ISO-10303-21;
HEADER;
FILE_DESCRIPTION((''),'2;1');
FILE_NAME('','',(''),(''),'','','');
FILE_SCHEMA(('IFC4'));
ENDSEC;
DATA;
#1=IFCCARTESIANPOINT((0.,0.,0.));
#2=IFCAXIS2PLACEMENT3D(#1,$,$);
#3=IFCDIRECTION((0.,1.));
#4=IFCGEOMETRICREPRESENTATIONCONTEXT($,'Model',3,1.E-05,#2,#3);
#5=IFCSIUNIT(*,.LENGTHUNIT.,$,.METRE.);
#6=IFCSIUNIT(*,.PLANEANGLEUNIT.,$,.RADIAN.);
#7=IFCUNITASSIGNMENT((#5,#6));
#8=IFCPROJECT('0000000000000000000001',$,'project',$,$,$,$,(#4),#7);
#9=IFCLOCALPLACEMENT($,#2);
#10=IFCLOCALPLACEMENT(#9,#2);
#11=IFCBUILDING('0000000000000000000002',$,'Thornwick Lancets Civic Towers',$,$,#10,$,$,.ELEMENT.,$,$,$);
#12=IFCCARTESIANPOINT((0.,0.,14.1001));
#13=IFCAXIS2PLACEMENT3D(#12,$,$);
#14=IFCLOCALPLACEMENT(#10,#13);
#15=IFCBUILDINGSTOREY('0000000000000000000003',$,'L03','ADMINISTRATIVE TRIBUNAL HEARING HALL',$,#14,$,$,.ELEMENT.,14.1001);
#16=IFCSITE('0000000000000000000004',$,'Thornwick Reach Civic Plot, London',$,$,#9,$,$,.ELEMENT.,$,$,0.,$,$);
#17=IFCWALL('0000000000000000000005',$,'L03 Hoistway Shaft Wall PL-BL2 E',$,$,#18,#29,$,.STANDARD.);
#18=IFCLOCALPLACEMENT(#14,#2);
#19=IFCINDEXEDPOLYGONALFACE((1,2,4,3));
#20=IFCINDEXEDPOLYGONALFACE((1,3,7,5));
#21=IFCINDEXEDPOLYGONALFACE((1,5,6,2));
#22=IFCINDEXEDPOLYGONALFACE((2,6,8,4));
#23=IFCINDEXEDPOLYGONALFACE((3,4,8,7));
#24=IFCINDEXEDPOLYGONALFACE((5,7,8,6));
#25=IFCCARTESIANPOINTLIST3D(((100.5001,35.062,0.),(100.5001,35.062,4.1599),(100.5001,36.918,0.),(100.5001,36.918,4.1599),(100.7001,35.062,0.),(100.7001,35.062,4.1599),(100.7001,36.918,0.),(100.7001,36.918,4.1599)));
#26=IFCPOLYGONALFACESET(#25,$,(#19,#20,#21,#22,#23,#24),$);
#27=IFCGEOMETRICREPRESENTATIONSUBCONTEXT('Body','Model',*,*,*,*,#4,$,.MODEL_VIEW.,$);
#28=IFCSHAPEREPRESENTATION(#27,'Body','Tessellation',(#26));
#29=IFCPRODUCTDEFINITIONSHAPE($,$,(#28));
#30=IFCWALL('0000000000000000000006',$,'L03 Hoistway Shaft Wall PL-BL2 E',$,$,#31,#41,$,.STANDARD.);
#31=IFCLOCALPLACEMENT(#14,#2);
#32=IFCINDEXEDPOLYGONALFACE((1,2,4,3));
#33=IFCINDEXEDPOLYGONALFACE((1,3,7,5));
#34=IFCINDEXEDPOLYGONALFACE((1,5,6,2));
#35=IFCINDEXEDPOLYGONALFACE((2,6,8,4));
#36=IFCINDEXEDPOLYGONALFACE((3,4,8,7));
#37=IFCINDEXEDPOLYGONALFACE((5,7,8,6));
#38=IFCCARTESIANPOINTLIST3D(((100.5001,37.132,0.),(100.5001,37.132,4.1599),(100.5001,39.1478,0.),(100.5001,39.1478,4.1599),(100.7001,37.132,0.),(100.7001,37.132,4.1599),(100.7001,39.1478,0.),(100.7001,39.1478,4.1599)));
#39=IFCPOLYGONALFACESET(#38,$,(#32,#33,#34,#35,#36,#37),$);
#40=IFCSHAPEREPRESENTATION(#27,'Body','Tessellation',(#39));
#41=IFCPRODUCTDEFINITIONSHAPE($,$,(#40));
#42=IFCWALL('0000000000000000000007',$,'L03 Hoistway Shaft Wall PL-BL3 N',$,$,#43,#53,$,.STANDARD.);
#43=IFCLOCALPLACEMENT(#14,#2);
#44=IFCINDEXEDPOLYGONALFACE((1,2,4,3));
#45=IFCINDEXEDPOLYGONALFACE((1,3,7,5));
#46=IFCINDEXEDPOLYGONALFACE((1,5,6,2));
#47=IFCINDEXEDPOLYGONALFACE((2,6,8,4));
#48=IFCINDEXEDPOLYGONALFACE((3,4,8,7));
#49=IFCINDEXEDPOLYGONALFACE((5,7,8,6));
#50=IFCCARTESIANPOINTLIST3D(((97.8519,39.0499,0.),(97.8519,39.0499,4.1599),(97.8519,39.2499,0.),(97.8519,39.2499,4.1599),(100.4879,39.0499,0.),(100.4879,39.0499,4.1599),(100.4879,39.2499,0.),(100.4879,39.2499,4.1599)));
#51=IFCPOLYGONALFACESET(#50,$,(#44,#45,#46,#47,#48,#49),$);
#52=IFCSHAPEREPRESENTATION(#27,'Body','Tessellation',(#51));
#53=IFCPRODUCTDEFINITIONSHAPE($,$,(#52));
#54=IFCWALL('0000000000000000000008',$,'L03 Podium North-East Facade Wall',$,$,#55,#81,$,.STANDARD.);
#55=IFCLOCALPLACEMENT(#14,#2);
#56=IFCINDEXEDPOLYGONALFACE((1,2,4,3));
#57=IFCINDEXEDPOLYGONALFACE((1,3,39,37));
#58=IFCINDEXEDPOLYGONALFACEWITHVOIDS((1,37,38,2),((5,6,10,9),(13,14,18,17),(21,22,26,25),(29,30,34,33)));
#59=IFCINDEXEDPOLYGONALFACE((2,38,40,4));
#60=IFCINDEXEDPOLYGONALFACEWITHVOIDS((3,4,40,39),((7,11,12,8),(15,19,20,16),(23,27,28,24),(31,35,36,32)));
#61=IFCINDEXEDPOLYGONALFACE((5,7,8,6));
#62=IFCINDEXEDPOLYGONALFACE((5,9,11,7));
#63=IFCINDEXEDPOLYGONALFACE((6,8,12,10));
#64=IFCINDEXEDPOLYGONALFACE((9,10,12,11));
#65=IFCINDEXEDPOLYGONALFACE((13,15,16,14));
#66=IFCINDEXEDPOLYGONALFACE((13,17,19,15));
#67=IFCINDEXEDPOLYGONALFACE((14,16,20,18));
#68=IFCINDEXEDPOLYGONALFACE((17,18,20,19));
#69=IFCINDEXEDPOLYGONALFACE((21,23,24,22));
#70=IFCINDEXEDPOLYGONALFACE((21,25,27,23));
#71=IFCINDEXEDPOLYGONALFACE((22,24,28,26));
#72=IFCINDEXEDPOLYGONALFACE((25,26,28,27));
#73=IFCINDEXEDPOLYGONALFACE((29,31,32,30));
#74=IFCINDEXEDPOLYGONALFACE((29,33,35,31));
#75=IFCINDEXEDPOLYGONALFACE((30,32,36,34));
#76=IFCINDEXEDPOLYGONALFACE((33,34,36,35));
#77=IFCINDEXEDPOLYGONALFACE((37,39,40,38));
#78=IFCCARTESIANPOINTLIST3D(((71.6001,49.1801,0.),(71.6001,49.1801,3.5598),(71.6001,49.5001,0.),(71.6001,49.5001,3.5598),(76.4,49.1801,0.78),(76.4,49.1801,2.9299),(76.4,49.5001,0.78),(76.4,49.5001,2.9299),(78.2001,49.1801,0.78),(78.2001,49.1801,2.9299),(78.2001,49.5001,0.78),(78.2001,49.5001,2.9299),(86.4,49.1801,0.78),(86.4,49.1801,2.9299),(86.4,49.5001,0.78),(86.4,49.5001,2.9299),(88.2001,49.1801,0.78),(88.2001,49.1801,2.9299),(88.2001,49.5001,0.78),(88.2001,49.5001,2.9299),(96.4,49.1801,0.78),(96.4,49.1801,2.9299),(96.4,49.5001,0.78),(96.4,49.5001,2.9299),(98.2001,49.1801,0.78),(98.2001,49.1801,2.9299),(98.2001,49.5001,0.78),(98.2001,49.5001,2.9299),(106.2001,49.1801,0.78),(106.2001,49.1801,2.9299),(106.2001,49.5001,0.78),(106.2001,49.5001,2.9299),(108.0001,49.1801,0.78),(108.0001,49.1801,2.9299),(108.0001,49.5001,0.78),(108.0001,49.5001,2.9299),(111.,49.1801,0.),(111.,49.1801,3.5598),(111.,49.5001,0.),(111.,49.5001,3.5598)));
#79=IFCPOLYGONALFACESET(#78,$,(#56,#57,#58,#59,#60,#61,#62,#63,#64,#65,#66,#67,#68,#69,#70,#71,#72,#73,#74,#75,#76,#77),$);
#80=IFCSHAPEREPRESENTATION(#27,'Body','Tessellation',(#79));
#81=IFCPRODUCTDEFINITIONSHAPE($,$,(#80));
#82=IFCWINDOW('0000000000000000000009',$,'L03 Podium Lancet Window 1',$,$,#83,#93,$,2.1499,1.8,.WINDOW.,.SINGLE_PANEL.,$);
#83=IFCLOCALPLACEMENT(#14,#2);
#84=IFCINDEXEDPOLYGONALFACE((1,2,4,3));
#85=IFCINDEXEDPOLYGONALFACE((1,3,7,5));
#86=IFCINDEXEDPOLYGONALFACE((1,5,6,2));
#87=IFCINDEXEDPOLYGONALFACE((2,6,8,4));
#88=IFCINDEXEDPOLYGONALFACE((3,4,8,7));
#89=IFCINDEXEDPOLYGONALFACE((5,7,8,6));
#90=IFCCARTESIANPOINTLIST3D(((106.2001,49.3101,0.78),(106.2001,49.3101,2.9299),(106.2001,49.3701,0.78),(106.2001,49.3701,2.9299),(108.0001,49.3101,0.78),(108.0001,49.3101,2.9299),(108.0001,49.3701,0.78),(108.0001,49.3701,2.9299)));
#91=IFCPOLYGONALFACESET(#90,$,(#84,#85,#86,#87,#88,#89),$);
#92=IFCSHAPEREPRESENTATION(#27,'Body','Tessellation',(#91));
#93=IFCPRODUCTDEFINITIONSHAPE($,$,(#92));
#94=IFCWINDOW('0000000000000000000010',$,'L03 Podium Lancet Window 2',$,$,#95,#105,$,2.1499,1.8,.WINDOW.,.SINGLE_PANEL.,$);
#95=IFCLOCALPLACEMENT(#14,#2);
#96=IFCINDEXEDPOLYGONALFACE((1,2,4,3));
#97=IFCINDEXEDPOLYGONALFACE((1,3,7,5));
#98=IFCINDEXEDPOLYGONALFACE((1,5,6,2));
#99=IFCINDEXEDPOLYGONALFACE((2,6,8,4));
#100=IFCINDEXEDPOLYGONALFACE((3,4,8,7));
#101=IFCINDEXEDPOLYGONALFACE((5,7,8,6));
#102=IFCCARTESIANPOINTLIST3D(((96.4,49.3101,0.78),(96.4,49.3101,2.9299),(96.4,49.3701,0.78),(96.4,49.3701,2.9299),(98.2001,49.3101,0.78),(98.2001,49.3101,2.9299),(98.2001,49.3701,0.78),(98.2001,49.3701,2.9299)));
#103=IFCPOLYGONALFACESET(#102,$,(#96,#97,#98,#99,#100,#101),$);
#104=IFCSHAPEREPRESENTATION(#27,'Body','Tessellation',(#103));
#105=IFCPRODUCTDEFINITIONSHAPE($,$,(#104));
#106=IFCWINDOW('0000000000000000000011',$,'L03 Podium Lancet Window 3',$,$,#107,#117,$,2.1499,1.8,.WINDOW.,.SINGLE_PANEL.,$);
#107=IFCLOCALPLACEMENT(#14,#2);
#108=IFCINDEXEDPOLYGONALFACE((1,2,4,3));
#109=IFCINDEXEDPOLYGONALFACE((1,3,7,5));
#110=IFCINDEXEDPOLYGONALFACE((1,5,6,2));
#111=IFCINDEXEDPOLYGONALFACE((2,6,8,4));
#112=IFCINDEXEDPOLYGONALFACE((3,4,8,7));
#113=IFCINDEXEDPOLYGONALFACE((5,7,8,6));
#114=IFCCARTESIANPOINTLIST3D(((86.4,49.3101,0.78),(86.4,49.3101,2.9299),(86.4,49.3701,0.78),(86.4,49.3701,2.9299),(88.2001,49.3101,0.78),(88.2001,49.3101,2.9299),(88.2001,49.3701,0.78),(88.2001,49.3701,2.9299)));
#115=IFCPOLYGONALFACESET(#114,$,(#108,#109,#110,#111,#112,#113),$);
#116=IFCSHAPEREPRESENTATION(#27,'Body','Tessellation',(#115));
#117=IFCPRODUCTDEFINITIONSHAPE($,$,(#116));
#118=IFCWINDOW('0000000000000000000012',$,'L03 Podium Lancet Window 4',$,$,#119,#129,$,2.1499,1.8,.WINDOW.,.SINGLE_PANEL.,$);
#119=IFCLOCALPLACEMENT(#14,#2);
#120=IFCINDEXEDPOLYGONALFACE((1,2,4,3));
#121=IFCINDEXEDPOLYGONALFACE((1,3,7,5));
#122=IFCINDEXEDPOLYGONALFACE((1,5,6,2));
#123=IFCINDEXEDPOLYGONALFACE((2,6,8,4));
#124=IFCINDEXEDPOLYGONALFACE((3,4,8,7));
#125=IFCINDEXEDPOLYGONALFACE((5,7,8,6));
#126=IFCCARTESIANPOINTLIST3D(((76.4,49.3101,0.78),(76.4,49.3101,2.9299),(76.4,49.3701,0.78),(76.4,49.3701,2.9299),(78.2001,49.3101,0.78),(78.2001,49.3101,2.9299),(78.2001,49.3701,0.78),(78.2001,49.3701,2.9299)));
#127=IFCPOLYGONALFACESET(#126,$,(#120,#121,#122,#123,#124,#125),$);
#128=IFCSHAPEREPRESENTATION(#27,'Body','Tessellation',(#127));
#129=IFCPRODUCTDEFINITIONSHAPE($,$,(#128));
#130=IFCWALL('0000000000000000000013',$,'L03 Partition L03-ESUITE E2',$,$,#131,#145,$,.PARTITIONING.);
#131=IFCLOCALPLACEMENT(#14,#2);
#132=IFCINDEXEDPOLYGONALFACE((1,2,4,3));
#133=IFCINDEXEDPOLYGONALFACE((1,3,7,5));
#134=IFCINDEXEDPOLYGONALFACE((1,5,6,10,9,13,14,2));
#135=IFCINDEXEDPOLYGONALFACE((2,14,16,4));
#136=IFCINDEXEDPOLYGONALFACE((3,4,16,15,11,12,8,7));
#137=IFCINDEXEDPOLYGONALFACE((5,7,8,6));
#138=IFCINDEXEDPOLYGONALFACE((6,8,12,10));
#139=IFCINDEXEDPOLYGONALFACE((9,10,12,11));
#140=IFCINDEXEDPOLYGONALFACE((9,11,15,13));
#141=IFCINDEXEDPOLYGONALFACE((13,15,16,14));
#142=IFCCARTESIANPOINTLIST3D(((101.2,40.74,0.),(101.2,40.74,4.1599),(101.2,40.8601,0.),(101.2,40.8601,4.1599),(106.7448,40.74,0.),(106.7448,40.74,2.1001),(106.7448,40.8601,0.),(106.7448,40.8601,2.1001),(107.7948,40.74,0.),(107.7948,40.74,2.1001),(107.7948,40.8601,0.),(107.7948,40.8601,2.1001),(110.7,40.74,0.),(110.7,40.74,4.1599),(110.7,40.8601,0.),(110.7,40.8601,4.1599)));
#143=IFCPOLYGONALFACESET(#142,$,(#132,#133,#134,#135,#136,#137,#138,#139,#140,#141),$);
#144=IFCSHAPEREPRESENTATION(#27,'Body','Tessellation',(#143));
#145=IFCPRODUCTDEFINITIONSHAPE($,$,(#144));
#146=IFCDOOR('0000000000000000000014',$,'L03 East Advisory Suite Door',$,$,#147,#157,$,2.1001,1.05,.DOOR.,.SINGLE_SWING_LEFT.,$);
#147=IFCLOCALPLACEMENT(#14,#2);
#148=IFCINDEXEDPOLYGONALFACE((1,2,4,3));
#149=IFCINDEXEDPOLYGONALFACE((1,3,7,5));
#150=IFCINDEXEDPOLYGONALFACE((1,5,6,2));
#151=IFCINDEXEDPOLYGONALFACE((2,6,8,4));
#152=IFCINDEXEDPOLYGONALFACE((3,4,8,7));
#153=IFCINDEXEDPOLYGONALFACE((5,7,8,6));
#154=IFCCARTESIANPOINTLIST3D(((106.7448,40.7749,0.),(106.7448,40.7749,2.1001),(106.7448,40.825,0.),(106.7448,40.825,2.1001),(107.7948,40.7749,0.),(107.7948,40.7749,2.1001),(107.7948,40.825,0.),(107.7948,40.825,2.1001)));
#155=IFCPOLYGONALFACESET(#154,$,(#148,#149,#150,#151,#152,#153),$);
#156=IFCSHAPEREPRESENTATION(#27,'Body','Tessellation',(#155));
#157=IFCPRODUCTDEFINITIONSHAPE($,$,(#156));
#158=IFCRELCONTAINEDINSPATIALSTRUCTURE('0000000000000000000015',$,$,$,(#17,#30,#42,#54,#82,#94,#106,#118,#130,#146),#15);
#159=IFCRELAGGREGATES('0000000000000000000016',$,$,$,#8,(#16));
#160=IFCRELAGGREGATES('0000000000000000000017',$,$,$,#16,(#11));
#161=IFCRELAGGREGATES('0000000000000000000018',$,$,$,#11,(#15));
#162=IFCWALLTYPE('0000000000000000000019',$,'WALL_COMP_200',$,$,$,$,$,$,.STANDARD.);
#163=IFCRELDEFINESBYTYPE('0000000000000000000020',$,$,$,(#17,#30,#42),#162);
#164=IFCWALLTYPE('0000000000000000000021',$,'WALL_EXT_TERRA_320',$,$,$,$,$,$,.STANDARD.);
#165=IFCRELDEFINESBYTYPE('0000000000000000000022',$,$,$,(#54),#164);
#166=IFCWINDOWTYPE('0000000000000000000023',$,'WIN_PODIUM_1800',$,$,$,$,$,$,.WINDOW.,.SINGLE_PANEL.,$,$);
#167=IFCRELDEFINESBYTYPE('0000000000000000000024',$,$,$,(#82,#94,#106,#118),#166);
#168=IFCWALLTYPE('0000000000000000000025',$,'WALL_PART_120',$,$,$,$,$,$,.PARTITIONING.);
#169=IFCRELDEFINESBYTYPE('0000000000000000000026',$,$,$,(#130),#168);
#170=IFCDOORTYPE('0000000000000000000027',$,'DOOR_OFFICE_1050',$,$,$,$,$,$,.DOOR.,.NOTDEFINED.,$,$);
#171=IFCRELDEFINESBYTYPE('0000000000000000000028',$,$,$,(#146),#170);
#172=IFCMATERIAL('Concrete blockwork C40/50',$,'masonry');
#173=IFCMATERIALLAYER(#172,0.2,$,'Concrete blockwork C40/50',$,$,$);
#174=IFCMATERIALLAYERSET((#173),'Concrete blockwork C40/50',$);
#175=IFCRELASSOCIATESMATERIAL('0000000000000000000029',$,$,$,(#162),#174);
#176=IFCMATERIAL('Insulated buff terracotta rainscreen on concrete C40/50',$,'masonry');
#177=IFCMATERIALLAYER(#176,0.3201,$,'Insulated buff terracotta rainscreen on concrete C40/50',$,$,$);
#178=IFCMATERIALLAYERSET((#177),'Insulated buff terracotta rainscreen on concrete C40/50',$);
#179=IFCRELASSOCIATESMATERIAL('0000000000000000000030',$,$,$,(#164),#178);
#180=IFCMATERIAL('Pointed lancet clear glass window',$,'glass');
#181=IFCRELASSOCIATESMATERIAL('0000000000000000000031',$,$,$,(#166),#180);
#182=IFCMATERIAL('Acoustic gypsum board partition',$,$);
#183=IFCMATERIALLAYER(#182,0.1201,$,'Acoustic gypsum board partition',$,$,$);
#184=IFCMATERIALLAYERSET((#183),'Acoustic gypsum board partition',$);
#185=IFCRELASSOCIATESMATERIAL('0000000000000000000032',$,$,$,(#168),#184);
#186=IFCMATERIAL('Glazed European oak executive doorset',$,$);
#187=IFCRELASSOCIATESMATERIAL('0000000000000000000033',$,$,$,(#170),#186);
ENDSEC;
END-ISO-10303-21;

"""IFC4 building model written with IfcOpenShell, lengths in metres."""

from ifc_helpers import new_model, si_unit, direction, frame, frame_2d, origin, place, context, subcontext, project, spatial, rectangle, extrude, material, layer, layer_set, type_object, element, fill, save


model = new_model("IFC4")

# Units and contexts
model_context = context("Model", 3, precision=1e-05, world=origin(), true_north=direction((0.0, 1.0)))
body_context = subcontext(model_context, "Body", "Model", "MODEL_VIEW")
ifc_project = project(units=[si_unit("LENGTHUNIT", "METRE"), si_unit("PLANEANGLEUNIT", "RADIAN")], contexts=[model_context])

# Site, building, storey
site_placement = place(None, origin())
site = spatial("IfcSite", under=ifc_project, at=site_placement, Name="Thornwick Reach Civic Plot, London", CompositionType="ELEMENT", RefElevation=0.0)
building_placement = place(site_placement, origin())
building = spatial("IfcBuilding", under=site, at=building_placement, Name="Thornwick Lancets Civic Towers", CompositionType="ELEMENT")
storey_placement = place(building_placement, frame((0.0, 0.0, 14.1001)))
storey = spatial("IfcBuildingStorey", under=building, at=storey_placement, Name="L03", Description="ADMINISTRATIVE TRIBUNAL HEARING HALL", CompositionType="ELEMENT", Elevation=14.1001)

# Shared definitions
ifc_material_1 = material(Name="Concrete blockwork C40/50", Category="masonry")
ifc_layer_1 = layer(ifc_material_1, 0.2, Name="Concrete blockwork C40/50")
ifc_layer_set_1 = layer_set([ifc_layer_1], Name="Concrete blockwork C40/50")
wall_type_1 = type_object("IfcWallType", Name="WALL_COMP_200", PredefinedType="STANDARD", material=ifc_layer_set_1)

# Walls
wall_1_placement = place(storey_placement, frame((100.6001, 35.062, 0.0), z_axis=(0.0, 0.0, 1.0), x_axis=(0.0, 1.0, 0.0)))
element("IfcWall", 1, at=wall_1_placement, inside=storey, type_object=wall_type_1, Name="L03 Hoistway Shaft Wall PL-BL2 E", PredefinedType="STANDARD", context=body_context, shape_type="SweptSolid", body=[
    extrude(rectangle(XDim=1.856, YDim=0.2, at=frame_2d((0.928, 0.0))), origin(), (0.0, 0.0, 1.0), 4.1599),
])
wall_2_placement = place(storey_placement, frame((100.6001, 37.1321, 0.0), z_axis=(0.0, 0.0, 1.0), x_axis=(0.0, 1.0, 0.0)))
element("IfcWall", 2, at=wall_2_placement, inside=storey, type_object=wall_type_1, Name="L03 Hoistway Shaft Wall PL-BL2 E", PredefinedType="STANDARD", context=body_context, shape_type="SweptSolid", body=[
    extrude(rectangle(XDim=2.0159, YDim=0.2, at=frame_2d((1.0078, 0.0))), origin(), (0.0, 0.0, 1.0), 4.1599),
])
wall_3_placement = place(storey_placement, frame((97.8521, 39.1499, 0.0), z_axis=(0.0, 0.0, 1.0), x_axis=(1.0, 0.0, 0.0)))
element("IfcWall", 3, at=wall_3_placement, inside=storey, type_object=wall_type_1, Name="L03 Hoistway Shaft Wall PL-BL3 N", PredefinedType="STANDARD", context=body_context, shape_type="SweptSolid", body=[
    extrude(rectangle(XDim=2.636, YDim=0.2, at=frame_2d((1.3179, 0.0))), origin(), (0.0, 0.0, 1.0), 4.1599),
])

# Wall, openings, windows
ifc_material_2 = material(Name="Insulated buff terracotta rainscreen on concrete C40/50", Category="masonry")
ifc_layer_2 = layer(ifc_material_2, 0.3201, Name="Insulated buff terracotta rainscreen on concrete C40/50")
ifc_layer_set_2 = layer_set([ifc_layer_2], Name="Insulated buff terracotta rainscreen on concrete C40/50")
wall_type_2 = type_object("IfcWallType", Name="WALL_EXT_TERRA_320", PredefinedType="STANDARD", material=ifc_layer_set_2)
wall_4_placement = place(storey_placement, frame((111.0, 49.3401, 0.0), z_axis=(0.0, 0.0, 1.0), x_axis=(-1.0, 0.0, 0.0)))
wall_4 = element("IfcWall", 4, at=wall_4_placement, inside=storey, type_object=wall_type_2, Name="L03 Podium North-East Facade Wall", PredefinedType="STANDARD", context=body_context, shape_type="SweptSolid", body=[
    extrude(rectangle(XDim=39.3999, YDim=0.3201, at=frame_2d((19.7, 0.0))), origin(), (0.0, 0.0, 1.0), 3.5598),
])
opening_1_placement = place(wall_4_placement, frame((3.0, 0.0, 0.78)))
opening_1 = element("IfcOpeningElement", 5, at=opening_1_placement, cuts=wall_4, PredefinedType="OPENING", context=body_context, shape_type="SweptSolid", body=[
    extrude(rectangle(XDim=1.8, YDim=2.1499, at=frame_2d((0.8999, 1.075))), frame((0.0, 0.1699, 0.0), z_axis=(0.0, -1.0, 0.0), x_axis=(1.0, 0.0, 0.0)), (0.0, 0.0, 1.0), 0.3401),
])
opening_2_placement = place(wall_4_placement, frame((12.8, 0.0, 0.78)))
opening_2 = element("IfcOpeningElement", 6, at=opening_2_placement, cuts=wall_4, PredefinedType="OPENING", context=body_context, shape_type="SweptSolid", body=[
    extrude(rectangle(XDim=1.8, YDim=2.1499, at=frame_2d((0.8999, 1.075))), frame((0.0, 0.1699, 0.0), z_axis=(0.0, -1.0, 0.0), x_axis=(1.0, 0.0, 0.0)), (0.0, 0.0, 1.0), 0.3401),
])
opening_3_placement = place(wall_4_placement, frame((22.8, 0.0, 0.78)))
opening_3 = element("IfcOpeningElement", 7, at=opening_3_placement, cuts=wall_4, PredefinedType="OPENING", context=body_context, shape_type="SweptSolid", body=[
    extrude(rectangle(XDim=1.8, YDim=2.1499, at=frame_2d((0.8999, 1.075))), frame((0.0, 0.1699, 0.0), z_axis=(0.0, -1.0, 0.0), x_axis=(1.0, 0.0, 0.0)), (0.0, 0.0, 1.0), 0.3401),
])
opening_4_placement = place(wall_4_placement, frame((32.8, 0.0, 0.78)))
opening_4 = element("IfcOpeningElement", 8, at=opening_4_placement, cuts=wall_4, PredefinedType="OPENING", context=body_context, shape_type="SweptSolid", body=[
    extrude(rectangle(XDim=1.8, YDim=2.1499, at=frame_2d((0.8999, 1.075))), frame((0.0, 0.1699, 0.0), z_axis=(0.0, -1.0, 0.0), x_axis=(1.0, 0.0, 0.0)), (0.0, 0.0, 1.0), 0.3401),
])
ifc_material_3 = material(Name="Pointed lancet clear glass window", Category="glass")
window_type = type_object("IfcWindowType", Name="WIN_PODIUM_1800", PartitioningType="SINGLE_PANEL", PredefinedType="WINDOW", material=ifc_material_3)
window_1_placement = place(opening_1_placement, origin())
window_1 = element("IfcWindow", 9, at=window_1_placement, inside=storey, type_object=window_type, Name="L03 Podium Lancet Window 1", OverallHeight=2.1499, OverallWidth=1.8, PartitioningType="SINGLE_PANEL", PredefinedType="WINDOW", context=body_context, shape_type="SweptSolid", body=[
    extrude(rectangle(XDim=1.8, YDim=2.1499, at=frame_2d((0.8999, 1.075))), frame((0.0, 0.03, 0.0), z_axis=(0.0, -1.0, 0.0), x_axis=(1.0, 0.0, 0.0)), (0.0, 0.0, 1.0), 0.0601),
])
fill(opening_1, window_1)
window_2_placement = place(opening_2_placement, origin())
window_2 = element("IfcWindow", 10, at=window_2_placement, inside=storey, type_object=window_type, Name="L03 Podium Lancet Window 2", OverallHeight=2.1499, OverallWidth=1.8, PartitioningType="SINGLE_PANEL", PredefinedType="WINDOW", context=body_context, shape_type="SweptSolid", body=[
    extrude(rectangle(XDim=1.8, YDim=2.1499, at=frame_2d((0.8999, 1.075))), frame((0.0, 0.03, 0.0), z_axis=(0.0, -1.0, 0.0), x_axis=(1.0, 0.0, 0.0)), (0.0, 0.0, 1.0), 0.0601),
])
fill(opening_2, window_2)
window_3_placement = place(opening_3_placement, origin())
window_3 = element("IfcWindow", 11, at=window_3_placement, inside=storey, type_object=window_type, Name="L03 Podium Lancet Window 3", OverallHeight=2.1499, OverallWidth=1.8, PartitioningType="SINGLE_PANEL", PredefinedType="WINDOW", context=body_context, shape_type="SweptSolid", body=[
    extrude(rectangle(XDim=1.8, YDim=2.1499, at=frame_2d((0.8999, 1.075))), frame((0.0, 0.03, 0.0), z_axis=(0.0, -1.0, 0.0), x_axis=(1.0, 0.0, 0.0)), (0.0, 0.0, 1.0), 0.0601),
])
fill(opening_3, window_3)
window_4_placement = place(opening_4_placement, origin())
window_4 = element("IfcWindow", 12, at=window_4_placement, inside=storey, type_object=window_type, Name="L03 Podium Lancet Window 4", OverallHeight=2.1499, OverallWidth=1.8, PartitioningType="SINGLE_PANEL", PredefinedType="WINDOW", context=body_context, shape_type="SweptSolid", body=[
    extrude(rectangle(XDim=1.8, YDim=2.1499, at=frame_2d((0.8999, 1.075))), frame((0.0, 0.03, 0.0), z_axis=(0.0, -1.0, 0.0), x_axis=(1.0, 0.0, 0.0)), (0.0, 0.0, 1.0), 0.0601),
])
fill(opening_4, window_4)

# Wall, opening, door
ifc_material_4 = material(Name="Acoustic gypsum board partition")
ifc_layer_3 = layer(ifc_material_4, 0.1201, Name="Acoustic gypsum board partition")
ifc_layer_set_3 = layer_set([ifc_layer_3], Name="Acoustic gypsum board partition")
wall_type_3 = type_object("IfcWallType", Name="WALL_PART_120", PredefinedType="PARTITIONING", material=ifc_layer_set_3)
wall_5_placement = place(storey_placement, frame((101.2, 40.8, 0.0), z_axis=(0.0, 0.0, 1.0), x_axis=(1.0, 0.0, 0.0)))
wall_5 = element("IfcWall", 13, at=wall_5_placement, inside=storey, type_object=wall_type_3, Name="L03 Partition L03-ESUITE E2", PredefinedType="PARTITIONING", context=body_context, shape_type="SweptSolid", body=[
    extrude(rectangle(XDim=9.5, YDim=0.1201, at=frame_2d((4.75, 0.0))), origin(), (0.0, 0.0, 1.0), 4.1599),
])
opening_5_placement = place(wall_5_placement, frame((5.5449, 0.0, 0.0)))
opening_5 = element("IfcOpeningElement", 14, at=opening_5_placement, cuts=wall_5, PredefinedType="OPENING", context=body_context, shape_type="SweptSolid", body=[
    extrude(rectangle(XDim=1.05, YDim=2.1001, at=frame_2d((0.5249, 1.05))), frame((0.0, 0.0701, 0.0), z_axis=(0.0, -1.0, 0.0), x_axis=(1.0, 0.0, 0.0)), (0.0, 0.0, 1.0), 0.1401),
])
ifc_material_5 = material(Name="Glazed European oak executive doorset")
door_type_1 = type_object("IfcDoorType", Name="DOOR_OFFICE_1050", OperationType="NOTDEFINED", PredefinedType="DOOR", material=ifc_material_5)
door_1_placement = place(opening_5_placement, origin())
door_1 = element("IfcDoor", 15, at=door_1_placement, inside=storey, type_object=door_type_1, Name="L03 East Advisory Suite Door", OperationType="SINGLE_SWING_LEFT", OverallHeight=2.1001, OverallWidth=1.05, PredefinedType="DOOR", context=body_context, shape_type="SweptSolid", body=[
    extrude(rectangle(XDim=1.05, YDim=2.1001, at=frame_2d((0.5249, 1.05))), frame((0.0, 0.0249, 0.0), z_axis=(0.0, -1.0, 0.0), x_axis=(1.0, 0.0, 0.0)), (0.0, 0.0, 1.0), 0.05),
])
fill(opening_5, door_1)

save(model, "model.ifc")
